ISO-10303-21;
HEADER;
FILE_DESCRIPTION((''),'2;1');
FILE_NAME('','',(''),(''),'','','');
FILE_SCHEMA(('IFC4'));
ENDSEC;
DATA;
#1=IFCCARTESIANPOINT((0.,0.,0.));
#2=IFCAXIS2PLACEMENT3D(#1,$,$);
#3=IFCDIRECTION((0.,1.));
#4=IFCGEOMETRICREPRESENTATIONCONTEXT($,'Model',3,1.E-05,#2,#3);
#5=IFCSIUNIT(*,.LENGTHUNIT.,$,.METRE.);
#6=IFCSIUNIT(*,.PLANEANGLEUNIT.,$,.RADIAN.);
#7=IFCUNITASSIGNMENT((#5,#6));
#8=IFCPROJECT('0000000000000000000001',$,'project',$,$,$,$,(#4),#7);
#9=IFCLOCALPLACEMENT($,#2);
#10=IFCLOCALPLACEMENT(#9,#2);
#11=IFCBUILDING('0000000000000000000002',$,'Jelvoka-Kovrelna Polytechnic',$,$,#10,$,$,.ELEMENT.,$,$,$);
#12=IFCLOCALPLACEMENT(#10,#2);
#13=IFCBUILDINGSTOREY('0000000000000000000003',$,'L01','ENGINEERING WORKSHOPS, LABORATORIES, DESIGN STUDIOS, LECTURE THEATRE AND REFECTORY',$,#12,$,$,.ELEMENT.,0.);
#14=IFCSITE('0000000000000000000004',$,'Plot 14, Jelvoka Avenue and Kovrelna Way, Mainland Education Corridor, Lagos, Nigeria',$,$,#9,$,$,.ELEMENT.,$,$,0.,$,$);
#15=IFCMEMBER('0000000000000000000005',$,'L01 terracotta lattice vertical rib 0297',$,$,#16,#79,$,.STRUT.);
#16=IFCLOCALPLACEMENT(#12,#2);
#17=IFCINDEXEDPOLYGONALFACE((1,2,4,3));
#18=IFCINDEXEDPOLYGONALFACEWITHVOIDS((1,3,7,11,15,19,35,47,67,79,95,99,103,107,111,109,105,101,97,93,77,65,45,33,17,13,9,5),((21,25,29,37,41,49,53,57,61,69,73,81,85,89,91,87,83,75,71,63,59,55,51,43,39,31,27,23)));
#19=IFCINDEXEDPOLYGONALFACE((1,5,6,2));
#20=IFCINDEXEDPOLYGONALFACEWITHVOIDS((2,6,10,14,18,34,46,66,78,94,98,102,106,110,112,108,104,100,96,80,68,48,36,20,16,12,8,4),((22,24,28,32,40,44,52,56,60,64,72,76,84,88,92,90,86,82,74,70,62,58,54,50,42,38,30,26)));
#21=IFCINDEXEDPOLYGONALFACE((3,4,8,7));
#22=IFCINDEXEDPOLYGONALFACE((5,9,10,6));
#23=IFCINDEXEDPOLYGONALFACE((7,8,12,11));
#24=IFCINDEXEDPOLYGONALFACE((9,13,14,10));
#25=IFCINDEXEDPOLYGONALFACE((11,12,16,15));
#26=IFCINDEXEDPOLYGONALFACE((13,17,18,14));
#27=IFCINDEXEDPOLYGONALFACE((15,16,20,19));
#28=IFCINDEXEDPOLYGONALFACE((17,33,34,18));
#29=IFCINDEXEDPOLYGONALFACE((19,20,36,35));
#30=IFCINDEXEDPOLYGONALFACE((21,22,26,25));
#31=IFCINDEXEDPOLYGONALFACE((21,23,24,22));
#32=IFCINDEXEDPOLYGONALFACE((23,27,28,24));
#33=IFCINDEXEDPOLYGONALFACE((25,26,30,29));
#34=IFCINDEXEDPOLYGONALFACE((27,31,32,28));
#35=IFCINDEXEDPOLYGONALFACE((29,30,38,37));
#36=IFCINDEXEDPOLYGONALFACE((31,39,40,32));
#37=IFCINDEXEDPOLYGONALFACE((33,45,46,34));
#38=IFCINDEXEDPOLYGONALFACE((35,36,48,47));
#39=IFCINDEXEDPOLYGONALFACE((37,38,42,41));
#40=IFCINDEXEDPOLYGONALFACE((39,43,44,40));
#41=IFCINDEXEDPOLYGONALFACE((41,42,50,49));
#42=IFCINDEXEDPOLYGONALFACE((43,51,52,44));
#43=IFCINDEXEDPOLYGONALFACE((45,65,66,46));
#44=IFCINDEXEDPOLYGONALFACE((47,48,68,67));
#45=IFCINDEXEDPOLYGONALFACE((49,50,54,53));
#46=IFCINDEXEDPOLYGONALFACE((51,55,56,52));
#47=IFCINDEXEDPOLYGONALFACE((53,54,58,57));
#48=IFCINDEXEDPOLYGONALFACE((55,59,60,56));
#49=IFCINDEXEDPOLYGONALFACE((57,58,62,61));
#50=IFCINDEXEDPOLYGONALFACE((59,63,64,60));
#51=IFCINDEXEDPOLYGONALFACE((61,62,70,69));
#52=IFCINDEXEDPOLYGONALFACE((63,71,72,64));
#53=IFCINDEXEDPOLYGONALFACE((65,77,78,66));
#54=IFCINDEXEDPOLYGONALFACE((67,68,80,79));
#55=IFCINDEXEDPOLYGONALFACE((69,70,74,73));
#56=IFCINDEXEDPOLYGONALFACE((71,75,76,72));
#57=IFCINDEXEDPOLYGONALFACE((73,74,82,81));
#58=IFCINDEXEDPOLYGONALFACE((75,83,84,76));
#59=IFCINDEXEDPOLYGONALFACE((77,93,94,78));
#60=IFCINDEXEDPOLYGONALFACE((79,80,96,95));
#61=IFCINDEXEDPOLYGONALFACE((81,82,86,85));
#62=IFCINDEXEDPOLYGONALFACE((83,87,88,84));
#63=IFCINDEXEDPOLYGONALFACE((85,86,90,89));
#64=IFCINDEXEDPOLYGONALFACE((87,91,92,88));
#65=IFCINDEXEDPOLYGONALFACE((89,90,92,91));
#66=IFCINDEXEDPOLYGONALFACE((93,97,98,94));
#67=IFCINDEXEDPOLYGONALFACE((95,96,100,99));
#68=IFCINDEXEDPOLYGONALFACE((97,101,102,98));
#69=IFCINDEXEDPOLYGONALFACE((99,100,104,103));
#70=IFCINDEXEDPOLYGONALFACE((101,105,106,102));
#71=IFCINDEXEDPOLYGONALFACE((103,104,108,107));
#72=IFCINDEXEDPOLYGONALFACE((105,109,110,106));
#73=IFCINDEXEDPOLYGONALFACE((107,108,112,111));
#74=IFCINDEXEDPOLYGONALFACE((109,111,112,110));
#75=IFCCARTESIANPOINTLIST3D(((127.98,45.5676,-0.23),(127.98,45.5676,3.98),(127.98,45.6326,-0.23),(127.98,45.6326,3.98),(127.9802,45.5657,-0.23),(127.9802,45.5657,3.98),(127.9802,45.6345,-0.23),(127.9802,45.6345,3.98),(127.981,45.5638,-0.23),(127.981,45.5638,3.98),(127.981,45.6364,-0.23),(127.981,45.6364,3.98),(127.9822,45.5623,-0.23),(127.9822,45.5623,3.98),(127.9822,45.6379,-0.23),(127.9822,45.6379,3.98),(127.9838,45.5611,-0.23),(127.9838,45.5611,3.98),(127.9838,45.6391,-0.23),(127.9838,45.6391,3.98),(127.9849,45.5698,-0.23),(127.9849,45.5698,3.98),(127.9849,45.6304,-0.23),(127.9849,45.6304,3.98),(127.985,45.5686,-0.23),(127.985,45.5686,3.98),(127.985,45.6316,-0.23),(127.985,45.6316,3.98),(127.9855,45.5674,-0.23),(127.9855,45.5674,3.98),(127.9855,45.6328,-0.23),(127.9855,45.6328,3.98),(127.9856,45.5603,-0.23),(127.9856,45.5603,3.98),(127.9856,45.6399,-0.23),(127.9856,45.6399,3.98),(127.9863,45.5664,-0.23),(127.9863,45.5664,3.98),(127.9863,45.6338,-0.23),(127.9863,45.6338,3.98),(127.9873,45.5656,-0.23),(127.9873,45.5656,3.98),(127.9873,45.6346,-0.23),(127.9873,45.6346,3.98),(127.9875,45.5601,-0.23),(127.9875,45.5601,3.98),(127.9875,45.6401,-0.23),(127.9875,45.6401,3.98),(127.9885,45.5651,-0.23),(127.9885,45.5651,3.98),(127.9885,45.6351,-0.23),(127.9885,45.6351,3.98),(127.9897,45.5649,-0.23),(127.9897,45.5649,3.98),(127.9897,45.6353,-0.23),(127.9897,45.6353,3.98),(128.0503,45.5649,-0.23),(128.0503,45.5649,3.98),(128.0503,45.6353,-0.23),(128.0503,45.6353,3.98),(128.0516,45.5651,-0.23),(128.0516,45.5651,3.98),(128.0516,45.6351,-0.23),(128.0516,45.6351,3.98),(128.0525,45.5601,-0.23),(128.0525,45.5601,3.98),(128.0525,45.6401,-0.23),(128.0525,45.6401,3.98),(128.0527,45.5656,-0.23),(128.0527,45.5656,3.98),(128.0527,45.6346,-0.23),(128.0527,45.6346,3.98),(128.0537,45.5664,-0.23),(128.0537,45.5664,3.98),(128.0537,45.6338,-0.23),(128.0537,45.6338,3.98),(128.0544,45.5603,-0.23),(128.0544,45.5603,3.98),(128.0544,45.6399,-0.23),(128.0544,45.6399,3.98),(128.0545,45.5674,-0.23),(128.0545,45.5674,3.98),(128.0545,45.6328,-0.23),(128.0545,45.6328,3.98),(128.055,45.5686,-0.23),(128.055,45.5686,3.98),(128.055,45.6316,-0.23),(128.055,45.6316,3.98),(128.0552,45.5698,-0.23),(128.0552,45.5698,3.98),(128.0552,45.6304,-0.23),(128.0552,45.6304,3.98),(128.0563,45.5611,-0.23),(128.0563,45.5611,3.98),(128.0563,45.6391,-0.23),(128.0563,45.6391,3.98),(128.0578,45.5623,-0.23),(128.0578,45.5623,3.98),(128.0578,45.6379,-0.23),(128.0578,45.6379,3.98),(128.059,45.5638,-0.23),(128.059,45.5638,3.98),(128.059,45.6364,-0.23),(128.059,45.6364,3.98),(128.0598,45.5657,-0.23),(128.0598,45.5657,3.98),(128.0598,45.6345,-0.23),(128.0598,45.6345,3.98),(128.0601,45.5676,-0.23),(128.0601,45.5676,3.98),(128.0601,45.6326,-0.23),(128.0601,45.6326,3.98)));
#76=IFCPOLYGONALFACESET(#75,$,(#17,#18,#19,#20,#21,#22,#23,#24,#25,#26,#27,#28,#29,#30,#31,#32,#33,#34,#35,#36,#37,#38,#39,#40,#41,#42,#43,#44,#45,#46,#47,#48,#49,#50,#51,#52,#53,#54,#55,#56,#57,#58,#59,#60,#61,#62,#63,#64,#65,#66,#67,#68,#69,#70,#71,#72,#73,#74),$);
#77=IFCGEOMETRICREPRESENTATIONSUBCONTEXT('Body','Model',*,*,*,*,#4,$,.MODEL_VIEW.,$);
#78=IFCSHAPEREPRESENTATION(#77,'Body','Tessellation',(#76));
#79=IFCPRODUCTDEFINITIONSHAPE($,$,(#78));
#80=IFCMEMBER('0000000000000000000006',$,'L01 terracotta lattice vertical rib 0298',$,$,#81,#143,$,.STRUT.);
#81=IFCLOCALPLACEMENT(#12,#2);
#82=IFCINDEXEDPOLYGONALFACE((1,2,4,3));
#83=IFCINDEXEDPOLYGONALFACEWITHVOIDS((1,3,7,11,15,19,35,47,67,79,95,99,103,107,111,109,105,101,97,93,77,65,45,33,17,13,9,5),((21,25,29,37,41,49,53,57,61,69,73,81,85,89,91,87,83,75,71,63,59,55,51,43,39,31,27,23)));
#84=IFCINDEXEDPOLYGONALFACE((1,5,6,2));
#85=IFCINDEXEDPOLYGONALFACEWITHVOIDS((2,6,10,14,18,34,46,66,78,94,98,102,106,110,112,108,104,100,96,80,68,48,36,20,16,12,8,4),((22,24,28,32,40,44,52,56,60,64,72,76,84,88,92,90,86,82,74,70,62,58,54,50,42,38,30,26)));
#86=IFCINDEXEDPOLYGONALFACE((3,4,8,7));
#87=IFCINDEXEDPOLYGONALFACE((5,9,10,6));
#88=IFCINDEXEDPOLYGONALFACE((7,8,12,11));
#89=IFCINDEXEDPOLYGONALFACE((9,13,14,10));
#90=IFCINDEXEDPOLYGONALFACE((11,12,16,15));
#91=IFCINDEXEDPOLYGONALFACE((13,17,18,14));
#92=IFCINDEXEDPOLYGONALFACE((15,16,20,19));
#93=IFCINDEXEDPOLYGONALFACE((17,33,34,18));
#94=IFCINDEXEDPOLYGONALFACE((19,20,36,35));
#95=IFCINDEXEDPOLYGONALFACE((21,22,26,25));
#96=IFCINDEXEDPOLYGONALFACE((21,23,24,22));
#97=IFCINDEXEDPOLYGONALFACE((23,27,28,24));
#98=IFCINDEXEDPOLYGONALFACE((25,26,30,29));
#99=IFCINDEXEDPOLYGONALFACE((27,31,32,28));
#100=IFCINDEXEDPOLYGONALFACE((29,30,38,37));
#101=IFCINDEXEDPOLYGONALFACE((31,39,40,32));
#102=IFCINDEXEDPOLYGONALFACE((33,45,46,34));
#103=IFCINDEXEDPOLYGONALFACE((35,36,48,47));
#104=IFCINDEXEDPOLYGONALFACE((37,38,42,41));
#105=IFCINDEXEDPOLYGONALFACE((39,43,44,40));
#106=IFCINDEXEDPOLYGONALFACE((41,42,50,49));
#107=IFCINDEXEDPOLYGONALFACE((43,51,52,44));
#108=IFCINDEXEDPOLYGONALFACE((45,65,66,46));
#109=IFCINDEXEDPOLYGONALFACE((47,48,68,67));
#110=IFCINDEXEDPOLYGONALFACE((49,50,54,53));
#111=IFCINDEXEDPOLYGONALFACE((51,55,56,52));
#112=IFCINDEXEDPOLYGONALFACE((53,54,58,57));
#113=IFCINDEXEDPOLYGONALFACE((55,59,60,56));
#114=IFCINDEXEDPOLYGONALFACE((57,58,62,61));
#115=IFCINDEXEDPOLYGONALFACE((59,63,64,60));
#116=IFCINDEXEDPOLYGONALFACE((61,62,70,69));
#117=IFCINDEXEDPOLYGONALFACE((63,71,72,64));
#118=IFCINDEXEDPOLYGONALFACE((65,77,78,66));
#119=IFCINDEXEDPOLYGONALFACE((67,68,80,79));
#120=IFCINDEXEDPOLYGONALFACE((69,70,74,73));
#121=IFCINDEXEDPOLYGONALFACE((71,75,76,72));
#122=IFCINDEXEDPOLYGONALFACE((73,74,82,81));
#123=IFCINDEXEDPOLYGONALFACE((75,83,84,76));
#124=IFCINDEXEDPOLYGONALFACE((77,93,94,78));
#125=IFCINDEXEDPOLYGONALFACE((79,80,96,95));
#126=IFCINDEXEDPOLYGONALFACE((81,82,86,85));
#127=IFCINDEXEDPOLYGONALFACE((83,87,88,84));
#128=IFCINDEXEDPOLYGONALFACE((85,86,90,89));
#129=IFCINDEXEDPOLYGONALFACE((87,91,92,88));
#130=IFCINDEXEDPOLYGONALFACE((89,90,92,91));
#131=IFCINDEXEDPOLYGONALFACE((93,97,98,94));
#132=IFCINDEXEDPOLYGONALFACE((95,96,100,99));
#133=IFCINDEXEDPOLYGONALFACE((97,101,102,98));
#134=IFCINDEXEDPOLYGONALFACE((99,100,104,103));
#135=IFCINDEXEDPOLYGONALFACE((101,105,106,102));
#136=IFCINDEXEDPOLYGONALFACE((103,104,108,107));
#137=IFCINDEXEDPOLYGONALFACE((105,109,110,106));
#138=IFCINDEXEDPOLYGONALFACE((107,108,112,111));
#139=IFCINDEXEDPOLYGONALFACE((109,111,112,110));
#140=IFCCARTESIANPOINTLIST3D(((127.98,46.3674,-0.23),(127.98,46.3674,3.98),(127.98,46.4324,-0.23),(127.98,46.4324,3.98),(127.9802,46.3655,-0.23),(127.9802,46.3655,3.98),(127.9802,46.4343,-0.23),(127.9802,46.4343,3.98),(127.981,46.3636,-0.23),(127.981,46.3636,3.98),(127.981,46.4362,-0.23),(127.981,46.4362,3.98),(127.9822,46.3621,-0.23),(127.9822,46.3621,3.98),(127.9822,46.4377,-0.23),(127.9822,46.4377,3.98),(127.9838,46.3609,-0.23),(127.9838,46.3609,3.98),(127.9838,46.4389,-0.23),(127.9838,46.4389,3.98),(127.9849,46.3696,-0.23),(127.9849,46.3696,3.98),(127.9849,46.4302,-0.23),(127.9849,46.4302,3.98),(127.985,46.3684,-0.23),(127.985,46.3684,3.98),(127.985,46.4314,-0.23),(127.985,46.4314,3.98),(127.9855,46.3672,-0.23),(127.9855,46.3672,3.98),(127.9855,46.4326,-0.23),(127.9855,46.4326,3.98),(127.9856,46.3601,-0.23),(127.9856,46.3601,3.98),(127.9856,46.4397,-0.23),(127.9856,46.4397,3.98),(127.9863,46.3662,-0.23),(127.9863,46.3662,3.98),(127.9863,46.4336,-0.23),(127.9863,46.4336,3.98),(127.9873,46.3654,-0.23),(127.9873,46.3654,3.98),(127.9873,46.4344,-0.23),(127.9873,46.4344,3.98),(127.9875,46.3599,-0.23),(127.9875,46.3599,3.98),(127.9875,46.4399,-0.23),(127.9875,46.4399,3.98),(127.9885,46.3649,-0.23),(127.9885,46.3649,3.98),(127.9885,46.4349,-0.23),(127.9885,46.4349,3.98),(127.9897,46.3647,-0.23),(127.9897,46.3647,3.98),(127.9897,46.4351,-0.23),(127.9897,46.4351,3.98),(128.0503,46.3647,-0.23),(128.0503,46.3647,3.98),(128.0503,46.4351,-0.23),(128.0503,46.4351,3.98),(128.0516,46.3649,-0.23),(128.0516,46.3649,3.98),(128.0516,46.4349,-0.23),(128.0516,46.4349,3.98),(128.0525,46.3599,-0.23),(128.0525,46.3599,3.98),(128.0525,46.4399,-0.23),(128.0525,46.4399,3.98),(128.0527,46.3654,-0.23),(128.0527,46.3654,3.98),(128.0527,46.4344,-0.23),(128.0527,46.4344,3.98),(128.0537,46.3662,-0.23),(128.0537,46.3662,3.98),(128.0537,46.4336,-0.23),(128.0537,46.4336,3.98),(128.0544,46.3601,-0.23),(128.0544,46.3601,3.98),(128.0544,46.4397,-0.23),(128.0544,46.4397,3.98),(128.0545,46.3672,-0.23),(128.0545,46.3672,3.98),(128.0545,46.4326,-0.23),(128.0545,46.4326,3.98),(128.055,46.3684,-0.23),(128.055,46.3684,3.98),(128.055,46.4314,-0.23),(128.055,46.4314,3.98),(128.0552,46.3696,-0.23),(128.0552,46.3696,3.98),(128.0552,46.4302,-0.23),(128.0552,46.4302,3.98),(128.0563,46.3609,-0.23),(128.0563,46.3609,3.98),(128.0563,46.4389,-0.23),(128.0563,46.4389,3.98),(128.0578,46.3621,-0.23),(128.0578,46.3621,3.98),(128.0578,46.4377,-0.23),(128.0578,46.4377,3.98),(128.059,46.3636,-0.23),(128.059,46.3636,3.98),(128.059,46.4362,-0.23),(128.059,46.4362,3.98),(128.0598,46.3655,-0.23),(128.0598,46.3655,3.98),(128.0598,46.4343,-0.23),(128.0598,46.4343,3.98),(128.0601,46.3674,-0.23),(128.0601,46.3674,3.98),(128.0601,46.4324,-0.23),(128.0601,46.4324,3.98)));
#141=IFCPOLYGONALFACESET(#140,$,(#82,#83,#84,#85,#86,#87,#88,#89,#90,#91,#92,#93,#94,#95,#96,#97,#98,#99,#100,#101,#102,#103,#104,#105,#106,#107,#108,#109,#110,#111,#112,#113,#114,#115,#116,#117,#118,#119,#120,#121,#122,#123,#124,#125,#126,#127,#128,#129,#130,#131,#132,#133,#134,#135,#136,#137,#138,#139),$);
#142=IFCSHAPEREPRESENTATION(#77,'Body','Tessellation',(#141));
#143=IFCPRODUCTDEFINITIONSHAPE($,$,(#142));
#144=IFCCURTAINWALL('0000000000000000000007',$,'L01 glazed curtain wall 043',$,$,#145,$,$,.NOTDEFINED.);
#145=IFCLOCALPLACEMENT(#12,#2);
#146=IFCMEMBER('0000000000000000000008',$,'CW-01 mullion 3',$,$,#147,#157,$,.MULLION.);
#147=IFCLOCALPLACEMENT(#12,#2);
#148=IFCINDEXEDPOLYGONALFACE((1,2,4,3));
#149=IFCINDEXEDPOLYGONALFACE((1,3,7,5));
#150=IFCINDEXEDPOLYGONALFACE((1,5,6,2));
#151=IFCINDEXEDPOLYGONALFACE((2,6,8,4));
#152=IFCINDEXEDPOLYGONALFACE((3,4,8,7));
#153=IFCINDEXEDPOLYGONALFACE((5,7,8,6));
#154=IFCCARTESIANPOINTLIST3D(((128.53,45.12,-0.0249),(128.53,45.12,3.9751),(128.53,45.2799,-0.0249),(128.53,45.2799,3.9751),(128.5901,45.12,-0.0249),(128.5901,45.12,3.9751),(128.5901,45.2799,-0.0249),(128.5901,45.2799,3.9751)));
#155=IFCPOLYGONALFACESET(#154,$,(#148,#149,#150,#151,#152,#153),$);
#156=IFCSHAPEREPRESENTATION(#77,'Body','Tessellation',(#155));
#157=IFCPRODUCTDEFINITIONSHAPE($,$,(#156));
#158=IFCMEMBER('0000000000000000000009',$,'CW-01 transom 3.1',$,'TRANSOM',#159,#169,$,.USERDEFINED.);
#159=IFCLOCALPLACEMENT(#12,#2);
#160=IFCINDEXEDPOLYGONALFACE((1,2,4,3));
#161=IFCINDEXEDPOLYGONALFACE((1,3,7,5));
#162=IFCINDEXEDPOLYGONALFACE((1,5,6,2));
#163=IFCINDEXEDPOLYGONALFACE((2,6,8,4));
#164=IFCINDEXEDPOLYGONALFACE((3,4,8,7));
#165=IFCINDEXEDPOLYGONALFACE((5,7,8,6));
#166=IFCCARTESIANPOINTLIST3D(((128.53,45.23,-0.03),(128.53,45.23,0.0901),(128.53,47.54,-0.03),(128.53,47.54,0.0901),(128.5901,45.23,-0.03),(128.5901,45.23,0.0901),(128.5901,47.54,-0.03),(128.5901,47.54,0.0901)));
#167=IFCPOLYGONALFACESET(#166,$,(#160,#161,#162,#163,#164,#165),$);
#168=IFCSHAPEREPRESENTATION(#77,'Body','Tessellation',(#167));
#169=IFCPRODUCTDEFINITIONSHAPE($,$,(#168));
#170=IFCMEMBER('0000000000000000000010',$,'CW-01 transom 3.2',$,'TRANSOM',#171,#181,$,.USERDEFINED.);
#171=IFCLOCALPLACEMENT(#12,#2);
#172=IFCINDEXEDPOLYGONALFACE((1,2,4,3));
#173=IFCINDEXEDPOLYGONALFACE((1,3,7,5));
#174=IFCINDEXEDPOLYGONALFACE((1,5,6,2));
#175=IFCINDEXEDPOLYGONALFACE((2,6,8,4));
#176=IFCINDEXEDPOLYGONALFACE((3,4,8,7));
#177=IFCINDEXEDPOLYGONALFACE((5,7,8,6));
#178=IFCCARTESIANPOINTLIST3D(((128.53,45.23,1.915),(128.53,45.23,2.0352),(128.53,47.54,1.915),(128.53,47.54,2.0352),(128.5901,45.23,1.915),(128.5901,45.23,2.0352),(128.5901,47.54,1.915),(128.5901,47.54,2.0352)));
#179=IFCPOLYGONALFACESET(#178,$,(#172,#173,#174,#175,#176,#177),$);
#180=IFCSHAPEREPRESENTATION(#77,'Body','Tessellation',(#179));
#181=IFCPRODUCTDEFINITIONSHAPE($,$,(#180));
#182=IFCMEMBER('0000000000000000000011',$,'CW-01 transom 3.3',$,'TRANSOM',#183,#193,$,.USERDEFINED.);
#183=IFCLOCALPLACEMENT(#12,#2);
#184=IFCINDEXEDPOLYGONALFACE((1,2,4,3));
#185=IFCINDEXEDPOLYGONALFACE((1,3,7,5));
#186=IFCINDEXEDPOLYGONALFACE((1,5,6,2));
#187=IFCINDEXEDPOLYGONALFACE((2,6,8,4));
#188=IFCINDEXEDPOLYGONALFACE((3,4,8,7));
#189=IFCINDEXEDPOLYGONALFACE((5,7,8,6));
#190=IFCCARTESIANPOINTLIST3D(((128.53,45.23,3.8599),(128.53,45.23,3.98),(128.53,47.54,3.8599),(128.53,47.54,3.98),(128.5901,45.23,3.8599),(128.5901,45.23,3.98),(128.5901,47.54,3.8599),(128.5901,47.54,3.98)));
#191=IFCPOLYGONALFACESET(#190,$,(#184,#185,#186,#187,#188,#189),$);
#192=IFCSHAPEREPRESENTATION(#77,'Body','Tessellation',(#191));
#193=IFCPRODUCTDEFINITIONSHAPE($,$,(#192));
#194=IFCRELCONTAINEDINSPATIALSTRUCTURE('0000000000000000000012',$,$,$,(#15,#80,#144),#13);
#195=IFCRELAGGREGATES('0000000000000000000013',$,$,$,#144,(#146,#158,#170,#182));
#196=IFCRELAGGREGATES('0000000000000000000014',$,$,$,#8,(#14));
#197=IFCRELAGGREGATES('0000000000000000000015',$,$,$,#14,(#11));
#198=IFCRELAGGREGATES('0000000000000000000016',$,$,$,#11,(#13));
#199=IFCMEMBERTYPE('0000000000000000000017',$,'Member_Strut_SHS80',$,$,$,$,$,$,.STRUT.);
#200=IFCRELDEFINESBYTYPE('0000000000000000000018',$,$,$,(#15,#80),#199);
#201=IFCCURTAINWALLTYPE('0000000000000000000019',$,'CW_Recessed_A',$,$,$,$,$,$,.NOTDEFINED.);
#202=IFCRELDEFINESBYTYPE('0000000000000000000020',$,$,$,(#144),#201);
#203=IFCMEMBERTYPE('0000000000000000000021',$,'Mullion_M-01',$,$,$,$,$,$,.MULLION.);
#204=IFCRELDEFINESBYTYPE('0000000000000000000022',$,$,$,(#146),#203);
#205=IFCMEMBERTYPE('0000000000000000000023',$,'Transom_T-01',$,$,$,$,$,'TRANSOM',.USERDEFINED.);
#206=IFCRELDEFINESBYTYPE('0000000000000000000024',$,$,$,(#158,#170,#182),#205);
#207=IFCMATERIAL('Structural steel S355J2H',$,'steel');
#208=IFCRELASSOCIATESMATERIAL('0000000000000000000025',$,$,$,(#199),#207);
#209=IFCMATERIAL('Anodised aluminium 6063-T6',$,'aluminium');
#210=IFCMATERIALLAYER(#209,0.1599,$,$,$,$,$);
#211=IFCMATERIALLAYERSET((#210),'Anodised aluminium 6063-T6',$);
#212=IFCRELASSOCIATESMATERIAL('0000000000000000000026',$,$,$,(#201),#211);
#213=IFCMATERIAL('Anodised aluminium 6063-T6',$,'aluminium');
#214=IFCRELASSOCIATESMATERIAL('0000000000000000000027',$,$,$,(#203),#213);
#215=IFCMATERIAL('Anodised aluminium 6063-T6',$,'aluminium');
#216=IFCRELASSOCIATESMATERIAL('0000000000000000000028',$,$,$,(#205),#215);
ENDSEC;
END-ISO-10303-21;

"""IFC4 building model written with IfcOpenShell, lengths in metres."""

from ifc_helpers import new_model, si_unit, direction, frame, origin, origin_2d, place, context, subcontext, project, spatial, rectangle, hollow_rectangle, extrude, material, layer, layer_set, material_profile, profile_set, type_object, element, aggregate, save


model = new_model("IFC4")

# Units and contexts
model_context = context("Model", 3, precision=1e-05, world=origin(), true_north=direction((0.0, 1.0)))
body_context = subcontext(model_context, "Body", "Model", "MODEL_VIEW")
ifc_project = project(units=[si_unit("LENGTHUNIT", "METRE"), si_unit("PLANEANGLEUNIT", "RADIAN")], contexts=[model_context])

# Site, building, storey
site_placement = place(None, origin())
site = spatial("IfcSite", under=ifc_project, at=site_placement, Name="Plot 14, Jelvoka Avenue and Kovrelna Way, Mainland Education Corridor, Lagos, Nigeria", CompositionType="ELEMENT", RefElevation=0.0)
building_placement = place(site_placement, origin())
building = spatial("IfcBuilding", under=site, at=building_placement, Name="Jelvoka-Kovrelna Polytechnic", CompositionType="ELEMENT")
storey_placement = place(building_placement, origin())
storey = spatial("IfcBuildingStorey", under=building, at=storey_placement, Name="L01", Description="ENGINEERING WORKSHOPS, LABORATORIES, DESIGN STUDIOS, LECTURE THEATRE AND REFECTORY", CompositionType="ELEMENT", Elevation=0.0)

# Members
ifc_material_1 = material(Name="Structural steel S355J2H", Category="steel")
ifc_material_profile_1 = material_profile(ifc_material_1, hollow_rectangle(XDim=0.0801, YDim=0.0801, WallThickness=0.0049, InnerFilletRadius=0.0049, OuterFilletRadius=0.0076, at=origin_2d()), Name="80x80x5.0 SHS")
ifc_profile_set_1 = profile_set([ifc_material_profile_1], Name="Structural steel S355J2H")
member_type_1 = type_object("IfcMemberType", Name="Member_Strut_SHS80", PredefinedType="STRUT", material=ifc_profile_set_1)
for number, where, z_axis, x_axis, name in (
    (1, (128.02, 45.6001, -0.23), (0.0, 0.0, 1.0), (1.0, 0.0, 0.0), "L01 terracotta lattice vertical rib 0297"),
    (2, (128.02, 46.3999, -0.23), (0.0, 0.0, 1.0), (1.0, 0.0, 0.0), "L01 terracotta lattice vertical rib 0298"),
):
    element("IfcMember", number, at=place(storey_placement, frame(where, z_axis=z_axis, x_axis=x_axis)), inside=storey, type_object=member_type_1, Name=name, PredefinedType="STRUT", context=body_context, shape_type="SweptSolid", body=[
        extrude(hollow_rectangle(XDim=0.0801, YDim=0.0801, WallThickness=0.0049, InnerFilletRadius=0.0049, OuterFilletRadius=0.0076, at=origin_2d()), origin(), (0.0, 0.0, 1.0), 4.21),
    ])

# Curtain wall, members
ifc_material_2 = material(Name="Anodised aluminium 6063-T6", Category="aluminium")
ifc_layer_1 = layer(ifc_material_2, 0.1599)
ifc_layer_set_1 = layer_set([ifc_layer_1], Name="Anodised aluminium 6063-T6")
curtain_wall_type = type_object("IfcCurtainWallType", Name="CW_Recessed_A", PredefinedType="NOTDEFINED", material=ifc_layer_set_1)
curtain_wall_placement = place(storey_placement, origin())
curtain_wall = element("IfcCurtainWall", 3, at=curtain_wall_placement, inside=storey, type_object=curtain_wall_type, Name="L01 glazed curtain wall 043", PredefinedType="NOTDEFINED")
ifc_material_3 = material(Name="Anodised aluminium 6063-T6", Category="aluminium")
ifc_material_profile_2 = material_profile(ifc_material_3, rectangle(XDim=0.0601, YDim=0.1599, at=origin_2d()), Name="ALU 60x160")
ifc_profile_set_2 = profile_set([ifc_material_profile_2], Name="Anodised aluminium 6063-T6")
member_type_2 = type_object("IfcMemberType", Name="Mullion_M-01", PredefinedType="MULLION", material=ifc_profile_set_2)
member_1_placement = place(storey_placement, frame((128.5601, 45.2, -0.0249), z_axis=(0.0, 0.0, 1.0), x_axis=(-1.0, 0.0, 0.0)))
member_1 = element("IfcMember", 4, at=member_1_placement, type_object=member_type_2, Name="CW-01 mullion 3", PredefinedType="MULLION", context=body_context, shape_type="SweptSolid", body=[
    extrude(rectangle(XDim=0.0601, YDim=0.1599, at=origin_2d()), origin(), (0.0, 0.0, 1.0), 4.0),
])
ifc_material_4 = material(Name="Anodised aluminium 6063-T6", Category="aluminium")
ifc_material_profile_3 = material_profile(ifc_material_4, rectangle(XDim=0.0601, YDim=0.1201, at=origin_2d()), Name="ALU 60x120")
ifc_profile_set_3 = profile_set([ifc_material_profile_3], Name="Anodised aluminium 6063-T6")
member_type_3 = type_object("IfcMemberType", Name="Transom_T-01", ElementType="TRANSOM", PredefinedType="USERDEFINED", material=ifc_profile_set_3)
member_2_placement = place(storey_placement, frame((128.5601, 45.23, 0.03), z_axis=(0.0, 1.0, 0.0), x_axis=(-1.0, 0.0, 0.0)))
member_2 = element("IfcMember", 5, at=member_2_placement, type_object=member_type_3, Name="CW-01 transom 3.1", ObjectType="TRANSOM", PredefinedType="USERDEFINED", context=body_context, shape_type="SweptSolid", body=[
    extrude(rectangle(XDim=0.0601, YDim=0.1201, at=origin_2d()), origin(), (0.0, 0.0, 1.0), 2.3101),
])
member_3_placement = place(storey_placement, frame((128.5601, 45.23, 1.9751), z_axis=(0.0, 1.0, 0.0), x_axis=(-1.0, 0.0, 0.0)))
member_3 = element("IfcMember", 6, at=member_3_placement, type_object=member_type_3, Name="CW-01 transom 3.2", ObjectType="TRANSOM", PredefinedType="USERDEFINED", context=body_context, shape_type="SweptSolid", body=[
    extrude(rectangle(XDim=0.0601, YDim=0.1201, at=origin_2d()), origin(), (0.0, 0.0, 1.0), 2.3101),
])
member_4_placement = place(storey_placement, frame((128.5601, 45.23, 3.9199), z_axis=(0.0, 1.0, 0.0), x_axis=(-1.0, 0.0, 0.0)))
member_4 = element("IfcMember", 7, at=member_4_placement, type_object=member_type_3, Name="CW-01 transom 3.3", ObjectType="TRANSOM", PredefinedType="USERDEFINED", context=body_context, shape_type="SweptSolid", body=[
    extrude(rectangle(XDim=0.0601, YDim=0.1201, at=origin_2d()), origin(), (0.0, 0.0, 1.0), 2.3101),
])
aggregate(curtain_wall, [member_1, member_2, member_3, member_4])

save(model, "model.ifc")
